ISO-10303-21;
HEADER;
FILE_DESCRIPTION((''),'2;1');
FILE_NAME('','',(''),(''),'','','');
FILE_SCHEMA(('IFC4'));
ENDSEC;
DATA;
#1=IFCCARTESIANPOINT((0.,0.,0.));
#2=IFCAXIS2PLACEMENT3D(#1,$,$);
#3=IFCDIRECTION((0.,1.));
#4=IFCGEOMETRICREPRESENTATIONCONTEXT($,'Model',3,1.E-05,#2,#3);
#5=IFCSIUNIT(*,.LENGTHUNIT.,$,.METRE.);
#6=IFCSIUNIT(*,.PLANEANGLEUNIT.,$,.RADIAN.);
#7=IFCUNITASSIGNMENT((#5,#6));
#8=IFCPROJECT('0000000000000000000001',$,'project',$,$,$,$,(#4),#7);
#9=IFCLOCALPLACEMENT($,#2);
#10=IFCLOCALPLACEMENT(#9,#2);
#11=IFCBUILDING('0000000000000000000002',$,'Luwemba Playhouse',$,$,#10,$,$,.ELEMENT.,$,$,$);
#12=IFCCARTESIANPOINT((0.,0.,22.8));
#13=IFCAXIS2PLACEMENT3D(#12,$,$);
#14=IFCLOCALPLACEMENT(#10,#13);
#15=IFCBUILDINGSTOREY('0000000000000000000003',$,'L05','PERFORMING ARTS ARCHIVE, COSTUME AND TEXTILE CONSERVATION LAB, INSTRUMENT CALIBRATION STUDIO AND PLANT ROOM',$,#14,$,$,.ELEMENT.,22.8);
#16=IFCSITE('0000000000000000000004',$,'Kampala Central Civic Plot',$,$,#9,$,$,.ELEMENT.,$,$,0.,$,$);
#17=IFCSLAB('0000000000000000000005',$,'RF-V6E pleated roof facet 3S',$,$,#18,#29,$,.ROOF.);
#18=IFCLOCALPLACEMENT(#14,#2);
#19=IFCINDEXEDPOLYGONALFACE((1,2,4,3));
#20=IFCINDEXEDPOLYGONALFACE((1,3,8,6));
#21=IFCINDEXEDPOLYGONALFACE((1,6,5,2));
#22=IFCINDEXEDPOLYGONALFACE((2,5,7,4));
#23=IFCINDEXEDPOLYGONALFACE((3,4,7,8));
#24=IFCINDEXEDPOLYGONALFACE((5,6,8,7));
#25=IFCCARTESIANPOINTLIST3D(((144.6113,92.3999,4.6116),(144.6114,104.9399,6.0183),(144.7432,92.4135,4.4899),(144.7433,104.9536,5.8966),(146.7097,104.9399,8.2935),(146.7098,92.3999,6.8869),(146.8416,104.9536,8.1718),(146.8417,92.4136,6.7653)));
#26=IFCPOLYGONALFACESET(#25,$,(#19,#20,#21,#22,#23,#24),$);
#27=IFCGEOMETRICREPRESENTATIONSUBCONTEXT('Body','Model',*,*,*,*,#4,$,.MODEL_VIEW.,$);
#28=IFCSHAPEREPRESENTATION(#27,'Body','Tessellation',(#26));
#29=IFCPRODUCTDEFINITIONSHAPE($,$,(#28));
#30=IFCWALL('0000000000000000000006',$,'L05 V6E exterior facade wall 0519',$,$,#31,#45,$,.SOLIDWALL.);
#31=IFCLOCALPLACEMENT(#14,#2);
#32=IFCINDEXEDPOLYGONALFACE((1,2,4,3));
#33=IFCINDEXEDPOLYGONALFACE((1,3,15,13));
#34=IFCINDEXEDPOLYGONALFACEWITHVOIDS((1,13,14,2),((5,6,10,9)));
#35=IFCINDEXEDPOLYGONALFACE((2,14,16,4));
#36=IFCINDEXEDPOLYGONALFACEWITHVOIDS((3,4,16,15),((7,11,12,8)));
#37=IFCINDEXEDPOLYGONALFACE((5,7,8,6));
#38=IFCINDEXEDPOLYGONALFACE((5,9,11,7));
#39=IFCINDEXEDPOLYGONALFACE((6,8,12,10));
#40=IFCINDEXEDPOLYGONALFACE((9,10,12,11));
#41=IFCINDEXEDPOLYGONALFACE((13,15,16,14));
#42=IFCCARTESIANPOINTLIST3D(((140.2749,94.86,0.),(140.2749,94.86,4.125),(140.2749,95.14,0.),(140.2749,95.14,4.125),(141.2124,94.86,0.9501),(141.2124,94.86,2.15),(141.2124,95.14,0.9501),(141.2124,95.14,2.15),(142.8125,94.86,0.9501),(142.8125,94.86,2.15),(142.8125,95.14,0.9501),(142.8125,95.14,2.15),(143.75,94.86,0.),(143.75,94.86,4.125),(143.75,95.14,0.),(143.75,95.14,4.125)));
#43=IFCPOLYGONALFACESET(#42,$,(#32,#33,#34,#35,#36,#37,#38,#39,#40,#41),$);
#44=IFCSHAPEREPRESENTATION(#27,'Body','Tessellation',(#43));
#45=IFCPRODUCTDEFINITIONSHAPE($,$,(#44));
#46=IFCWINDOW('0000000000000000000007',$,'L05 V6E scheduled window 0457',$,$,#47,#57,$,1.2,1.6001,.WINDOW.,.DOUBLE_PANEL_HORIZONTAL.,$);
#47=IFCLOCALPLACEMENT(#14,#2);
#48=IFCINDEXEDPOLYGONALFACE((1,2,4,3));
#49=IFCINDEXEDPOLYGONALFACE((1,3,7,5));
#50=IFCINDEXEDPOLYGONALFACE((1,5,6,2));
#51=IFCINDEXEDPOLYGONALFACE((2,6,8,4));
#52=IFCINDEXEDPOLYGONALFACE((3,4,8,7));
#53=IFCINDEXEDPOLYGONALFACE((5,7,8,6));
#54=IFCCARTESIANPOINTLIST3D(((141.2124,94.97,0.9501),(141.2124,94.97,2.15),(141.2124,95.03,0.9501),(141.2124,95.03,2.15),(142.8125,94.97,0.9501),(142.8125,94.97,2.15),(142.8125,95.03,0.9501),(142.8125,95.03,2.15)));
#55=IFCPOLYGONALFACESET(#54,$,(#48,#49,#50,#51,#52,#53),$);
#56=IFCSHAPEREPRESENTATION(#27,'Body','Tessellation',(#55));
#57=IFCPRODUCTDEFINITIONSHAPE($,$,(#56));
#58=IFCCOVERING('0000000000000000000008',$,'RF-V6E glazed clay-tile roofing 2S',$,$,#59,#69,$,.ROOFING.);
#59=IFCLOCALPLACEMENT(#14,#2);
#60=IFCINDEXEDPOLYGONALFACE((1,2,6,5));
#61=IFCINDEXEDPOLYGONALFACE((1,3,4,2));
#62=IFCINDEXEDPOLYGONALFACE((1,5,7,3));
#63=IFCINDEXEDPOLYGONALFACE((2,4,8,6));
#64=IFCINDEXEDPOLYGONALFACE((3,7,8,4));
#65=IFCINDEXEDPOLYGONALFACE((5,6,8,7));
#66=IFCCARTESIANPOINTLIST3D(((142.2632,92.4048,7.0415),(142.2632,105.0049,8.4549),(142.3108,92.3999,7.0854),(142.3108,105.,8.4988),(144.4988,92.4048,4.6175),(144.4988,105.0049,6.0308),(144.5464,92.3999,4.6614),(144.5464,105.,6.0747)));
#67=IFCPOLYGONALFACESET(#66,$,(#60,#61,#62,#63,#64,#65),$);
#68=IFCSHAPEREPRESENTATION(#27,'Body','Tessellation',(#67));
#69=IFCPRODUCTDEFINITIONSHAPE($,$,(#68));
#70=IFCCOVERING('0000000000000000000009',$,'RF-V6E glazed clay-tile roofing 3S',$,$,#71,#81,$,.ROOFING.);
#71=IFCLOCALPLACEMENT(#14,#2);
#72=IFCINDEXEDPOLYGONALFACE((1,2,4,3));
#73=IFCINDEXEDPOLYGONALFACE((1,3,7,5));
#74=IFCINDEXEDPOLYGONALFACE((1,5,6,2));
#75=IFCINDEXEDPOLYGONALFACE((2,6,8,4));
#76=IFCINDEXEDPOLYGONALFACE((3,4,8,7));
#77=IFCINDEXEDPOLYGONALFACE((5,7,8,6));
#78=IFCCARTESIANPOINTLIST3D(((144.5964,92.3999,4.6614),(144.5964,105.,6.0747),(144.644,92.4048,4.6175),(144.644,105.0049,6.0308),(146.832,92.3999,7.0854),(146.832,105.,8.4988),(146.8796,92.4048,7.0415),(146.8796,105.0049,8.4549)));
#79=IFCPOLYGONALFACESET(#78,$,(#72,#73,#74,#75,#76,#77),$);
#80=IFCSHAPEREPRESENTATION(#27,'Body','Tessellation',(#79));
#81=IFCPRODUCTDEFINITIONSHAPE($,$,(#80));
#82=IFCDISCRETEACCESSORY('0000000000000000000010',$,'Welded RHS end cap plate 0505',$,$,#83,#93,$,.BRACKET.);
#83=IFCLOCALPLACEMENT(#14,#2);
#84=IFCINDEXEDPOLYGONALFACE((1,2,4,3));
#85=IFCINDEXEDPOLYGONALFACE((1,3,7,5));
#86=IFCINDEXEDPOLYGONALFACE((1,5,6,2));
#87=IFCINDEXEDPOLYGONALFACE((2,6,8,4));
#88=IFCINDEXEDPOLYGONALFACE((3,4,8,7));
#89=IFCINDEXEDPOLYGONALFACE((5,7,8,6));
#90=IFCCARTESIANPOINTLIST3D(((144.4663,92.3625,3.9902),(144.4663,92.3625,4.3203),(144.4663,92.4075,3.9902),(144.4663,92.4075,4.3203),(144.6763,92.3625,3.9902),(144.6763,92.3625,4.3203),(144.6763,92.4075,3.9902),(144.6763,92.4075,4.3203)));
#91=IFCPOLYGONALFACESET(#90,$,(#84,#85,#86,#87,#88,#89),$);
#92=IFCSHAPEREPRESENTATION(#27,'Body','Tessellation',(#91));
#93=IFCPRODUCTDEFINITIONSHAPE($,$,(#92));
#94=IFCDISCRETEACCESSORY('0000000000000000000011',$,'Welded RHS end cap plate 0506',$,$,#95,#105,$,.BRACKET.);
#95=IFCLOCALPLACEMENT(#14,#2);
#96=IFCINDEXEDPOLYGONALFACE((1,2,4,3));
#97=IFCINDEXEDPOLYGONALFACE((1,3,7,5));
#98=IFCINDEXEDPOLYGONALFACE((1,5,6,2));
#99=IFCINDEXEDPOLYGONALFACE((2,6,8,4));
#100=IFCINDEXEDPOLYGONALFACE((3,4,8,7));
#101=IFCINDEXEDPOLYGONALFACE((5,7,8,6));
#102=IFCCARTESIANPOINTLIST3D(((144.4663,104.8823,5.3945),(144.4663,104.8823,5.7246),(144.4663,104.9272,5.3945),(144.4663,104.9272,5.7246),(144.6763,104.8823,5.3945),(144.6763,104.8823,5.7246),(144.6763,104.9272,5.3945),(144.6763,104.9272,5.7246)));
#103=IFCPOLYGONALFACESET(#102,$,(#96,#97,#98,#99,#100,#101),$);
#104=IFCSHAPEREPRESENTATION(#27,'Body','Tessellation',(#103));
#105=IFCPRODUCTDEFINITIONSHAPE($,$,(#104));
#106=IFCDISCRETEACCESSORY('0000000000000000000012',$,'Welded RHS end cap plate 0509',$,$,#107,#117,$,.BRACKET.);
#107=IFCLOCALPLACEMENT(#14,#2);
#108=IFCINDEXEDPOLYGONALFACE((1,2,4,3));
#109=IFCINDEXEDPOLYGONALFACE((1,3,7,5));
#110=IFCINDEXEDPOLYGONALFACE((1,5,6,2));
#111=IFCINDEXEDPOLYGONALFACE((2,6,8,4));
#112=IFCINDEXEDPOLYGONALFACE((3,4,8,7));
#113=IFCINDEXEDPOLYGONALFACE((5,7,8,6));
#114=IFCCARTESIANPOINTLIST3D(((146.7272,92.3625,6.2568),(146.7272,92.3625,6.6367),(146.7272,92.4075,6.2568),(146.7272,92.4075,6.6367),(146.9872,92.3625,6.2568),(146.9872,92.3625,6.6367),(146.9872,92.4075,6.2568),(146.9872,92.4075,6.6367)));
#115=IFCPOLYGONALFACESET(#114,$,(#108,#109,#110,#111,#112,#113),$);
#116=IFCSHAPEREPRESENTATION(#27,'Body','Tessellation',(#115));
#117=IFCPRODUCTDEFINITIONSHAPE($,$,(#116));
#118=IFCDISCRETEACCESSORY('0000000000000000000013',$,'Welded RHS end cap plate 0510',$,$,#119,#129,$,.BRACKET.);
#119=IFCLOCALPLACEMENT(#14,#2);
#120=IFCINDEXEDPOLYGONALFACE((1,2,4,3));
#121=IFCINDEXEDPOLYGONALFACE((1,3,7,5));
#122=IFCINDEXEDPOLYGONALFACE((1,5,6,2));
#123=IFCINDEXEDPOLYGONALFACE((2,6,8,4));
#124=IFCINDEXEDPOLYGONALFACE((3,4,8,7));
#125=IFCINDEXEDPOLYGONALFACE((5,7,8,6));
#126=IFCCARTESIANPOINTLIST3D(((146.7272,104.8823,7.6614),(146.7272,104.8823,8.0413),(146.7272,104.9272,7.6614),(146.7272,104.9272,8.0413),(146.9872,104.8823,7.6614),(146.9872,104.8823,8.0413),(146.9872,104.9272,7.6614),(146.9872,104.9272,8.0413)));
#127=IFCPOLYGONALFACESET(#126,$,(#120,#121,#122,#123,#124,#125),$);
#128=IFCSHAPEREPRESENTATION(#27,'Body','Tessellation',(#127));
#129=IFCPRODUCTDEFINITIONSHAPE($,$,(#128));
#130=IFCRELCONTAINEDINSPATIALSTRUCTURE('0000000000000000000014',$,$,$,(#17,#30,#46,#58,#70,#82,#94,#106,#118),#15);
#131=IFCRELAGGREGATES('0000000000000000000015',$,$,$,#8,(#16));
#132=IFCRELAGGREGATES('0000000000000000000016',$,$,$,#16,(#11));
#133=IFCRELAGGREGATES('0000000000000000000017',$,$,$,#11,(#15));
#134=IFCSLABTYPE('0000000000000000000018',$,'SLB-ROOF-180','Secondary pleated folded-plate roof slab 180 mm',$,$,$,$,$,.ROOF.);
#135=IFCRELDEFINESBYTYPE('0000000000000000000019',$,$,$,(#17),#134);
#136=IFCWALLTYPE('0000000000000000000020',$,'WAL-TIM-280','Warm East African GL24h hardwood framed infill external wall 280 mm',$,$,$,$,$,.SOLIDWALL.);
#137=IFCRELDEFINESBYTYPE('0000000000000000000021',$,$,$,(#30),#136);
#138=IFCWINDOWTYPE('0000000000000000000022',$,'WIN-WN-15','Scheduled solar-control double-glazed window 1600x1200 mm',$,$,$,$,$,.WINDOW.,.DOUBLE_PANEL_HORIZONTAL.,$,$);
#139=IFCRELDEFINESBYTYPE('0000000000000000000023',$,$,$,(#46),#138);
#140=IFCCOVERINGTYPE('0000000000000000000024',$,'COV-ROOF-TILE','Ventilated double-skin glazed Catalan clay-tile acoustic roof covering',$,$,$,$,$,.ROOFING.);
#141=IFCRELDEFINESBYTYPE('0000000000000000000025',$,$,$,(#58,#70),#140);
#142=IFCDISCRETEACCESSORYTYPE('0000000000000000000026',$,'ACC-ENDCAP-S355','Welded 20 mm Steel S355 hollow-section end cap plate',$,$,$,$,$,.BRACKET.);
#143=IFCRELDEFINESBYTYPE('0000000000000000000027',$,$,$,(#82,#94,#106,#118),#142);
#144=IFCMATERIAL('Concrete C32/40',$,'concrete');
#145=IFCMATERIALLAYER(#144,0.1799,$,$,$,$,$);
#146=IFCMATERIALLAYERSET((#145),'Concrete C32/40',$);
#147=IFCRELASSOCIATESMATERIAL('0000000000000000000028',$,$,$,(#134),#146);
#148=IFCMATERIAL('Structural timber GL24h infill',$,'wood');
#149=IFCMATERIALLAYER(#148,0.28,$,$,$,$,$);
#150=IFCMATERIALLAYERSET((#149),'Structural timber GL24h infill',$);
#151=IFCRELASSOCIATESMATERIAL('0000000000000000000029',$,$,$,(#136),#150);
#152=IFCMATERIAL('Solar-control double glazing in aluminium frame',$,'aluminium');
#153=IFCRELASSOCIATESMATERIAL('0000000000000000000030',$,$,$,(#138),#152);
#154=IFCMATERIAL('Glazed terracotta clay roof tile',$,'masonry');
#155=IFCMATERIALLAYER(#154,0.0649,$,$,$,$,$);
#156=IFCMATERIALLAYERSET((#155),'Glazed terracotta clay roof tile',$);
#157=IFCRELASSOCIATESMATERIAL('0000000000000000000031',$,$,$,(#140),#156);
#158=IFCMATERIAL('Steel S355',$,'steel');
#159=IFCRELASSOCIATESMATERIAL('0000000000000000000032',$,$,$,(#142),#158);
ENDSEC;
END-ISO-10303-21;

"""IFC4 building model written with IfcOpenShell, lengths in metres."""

from ifc_helpers import new_model, si_unit, direction, frame, frame_2d, origin, origin_2d, place, context, subcontext, project, spatial, polyline, rectangle, outline, extrude, material, layer, layer_set, type_object, element, fill, save


model = new_model("IFC4")

# Units and contexts
model_context = context("Model", 3, precision=1e-05, world=origin(), true_north=direction((0.0, 1.0)))
body_context = subcontext(model_context, "Body", "Model", "MODEL_VIEW")
ifc_project = project(units=[si_unit("LENGTHUNIT", "METRE"), si_unit("PLANEANGLEUNIT", "RADIAN")], contexts=[model_context])

# Site, building, storey
site_placement = place(None, origin())
site = spatial("IfcSite", under=ifc_project, at=site_placement, Name="Kampala Central Civic Plot", CompositionType="ELEMENT", RefElevation=0.0)
building_placement = place(site_placement, origin())
building = spatial("IfcBuilding", under=site, at=building_placement, Name="Luwemba Playhouse", CompositionType="ELEMENT")
storey_placement = place(building_placement, frame((0.0, 0.0, 22.8)))
storey = spatial("IfcBuildingStorey", under=building, at=storey_placement, Name="L05", Description="PERFORMING ARTS ARCHIVE, COSTUME AND TEXTILE CONSERVATION LAB, INSTRUMENT CALIBRATION STUDIO AND PLANT ROOM", CompositionType="ELEMENT", Elevation=22.8)

# Shared definitions
ifc_material_1 = material(Name="Steel S355", Category="steel")

# Slab
ifc_material_2 = material(Name="Concrete C32/40", Category="concrete")
ifc_layer_1 = layer(ifc_material_2, 0.1799)
ifc_layer_set_1 = layer_set([ifc_layer_1], Name="Concrete C32/40")
slab_type = type_object("IfcSlabType", Name="SLB-ROOF-180", Description="Secondary pleated folded-plate roof slab 180 mm", PredefinedType="ROOF", material=ifc_layer_set_1)
slab_1_placement = place(storey_placement, frame((144.6113, 92.3999, 4.6116), z_axis=(-0.732986, -0.075827, 0.676004), x_axis=(0.677956, 0.000002, 0.735103)))
element("IfcSlab", 1, at=slab_1_placement, inside=storey, type_object=slab_type, Name="RF-V6E pleated roof facet 3S", PredefinedType="ROOF", context=body_context, shape_type="SweptSolid", body=[
    extrude(outline(polyline([(0.0, 0.0), (3.0953, 0.0), (4.1292, 12.5762), (1.0341, 12.5763), (0.0, 0.0)])), origin(), (0.0, 0.0, -1.0), 0.1799),
])

# Wall, opening, window
ifc_material_3 = material(Name="Structural timber GL24h infill", Category="wood")
ifc_layer_2 = layer(ifc_material_3, 0.28)
ifc_layer_set_2 = layer_set([ifc_layer_2], Name="Structural timber GL24h infill")
wall_type = type_object("IfcWallType", Name="WAL-TIM-280", Description="Warm East African GL24h hardwood framed infill external wall 280 mm", PredefinedType="SOLIDWALL", material=ifc_layer_set_2)
wall_placement = place(storey_placement, frame((143.75, 95.0, 0.0), z_axis=(0.0, 0.0, 1.0), x_axis=(-1.0, 0.0, 0.0)))
wall = element("IfcWall", 2, at=wall_placement, inside=storey, type_object=wall_type, Name="L05 V6E exterior facade wall 0519", PredefinedType="SOLIDWALL", context=body_context, shape_type="SweptSolid", body=[
    extrude(rectangle(XDim=3.4751, YDim=0.28, at=frame_2d((1.7375, 0.0))), origin(), (0.0, 0.0, 1.0), 4.125),
])
opening_placement = place(wall_placement, frame((0.9375, 0.0, 0.95)))
opening = element("IfcOpeningElement", 3, at=opening_placement, cuts=wall, PredefinedType="OPENING", context=body_context, shape_type="SweptSolid", body=[
    extrude(rectangle(XDim=1.6001, YDim=1.2, at=frame_2d((0.8, 0.6001))), frame((0.0, 0.1499, 0.0), z_axis=(0.0, -1.0, 0.0), x_axis=(1.0, 0.0, 0.0)), (0.0, 0.0, 1.0), 0.3),
])
ifc_material_4 = material(Name="Solar-control double glazing in aluminium frame", Category="aluminium")
window_type = type_object("IfcWindowType", Name="WIN-WN-15", Description="Scheduled solar-control double-glazed window 1600x1200 mm", PartitioningType="DOUBLE_PANEL_HORIZONTAL", PredefinedType="WINDOW", material=ifc_material_4)
window_placement = place(opening_placement, origin())
window = element("IfcWindow", 4, at=window_placement, inside=storey, type_object=window_type, Name="L05 V6E scheduled window 0457", OverallHeight=1.2, OverallWidth=1.6001, PartitioningType="DOUBLE_PANEL_HORIZONTAL", PredefinedType="WINDOW", context=body_context, shape_type="SweptSolid", body=[
    extrude(rectangle(XDim=1.6001, YDim=1.2, at=frame_2d((0.8, 0.6001))), frame((0.0, 0.03, 0.0), z_axis=(0.0, -1.0, 0.0), x_axis=(1.0, 0.0, 0.0)), (0.0, 0.0, 1.0), 0.0601),
])
fill(opening, window)

# Coverings
ifc_material_5 = material(Name="Glazed terracotta clay roof tile", Category="masonry")
ifc_layer_3 = layer(ifc_material_5, 0.0649)
ifc_layer_set_3 = layer_set([ifc_layer_3], Name="Glazed terracotta clay roof tile")
covering_type = type_object("IfcCoveringType", Name="COV-ROOF-TILE", Description="Ventilated double-skin glazed Catalan clay-tile acoustic roof covering", PredefinedType="ROOFING", material=ifc_layer_set_3)
covering_1_placement = place(storey_placement, frame((142.3108, 92.3999, 7.0854), z_axis=(0.732991, -0.075826, 0.675999), x_axis=(0.677951, 0.0, -0.735107)))
element("IfcCovering", 5, at=covering_1_placement, inside=storey, type_object=covering_type, Name="RF-V6E glazed clay-tile roofing 2S", PredefinedType="ROOFING", context=body_context, shape_type="SweptSolid", body=[
    extrude(outline(polyline([(0.0, 0.0), (3.2976, 0.0), (2.2586, 12.6365), (-1.0389, 12.6365), (0.0, 0.0)])), origin(), (0.0, 0.0, -1.0), 0.0649),
])
covering_2_placement = place(storey_placement, frame((144.5964, 92.3999, 4.6614), z_axis=(-0.732991, -0.075826, 0.675999), x_axis=(0.677951, 0.0, 0.735107)))
element("IfcCovering", 6, at=covering_2_placement, inside=storey, type_object=covering_type, Name="RF-V6E glazed clay-tile roofing 3S", PredefinedType="ROOFING", context=body_context, shape_type="SweptSolid", body=[
    extrude(outline(polyline([(0.0, 0.0), (3.2976, 0.0), (4.3365, 12.6365), (1.0389, 12.6365), (0.0, 0.0)])), origin(), (0.0, 0.0, -1.0), 0.0649),
])

# Discrete accessories
discrete_accessory_type = type_object("IfcDiscreteAccessoryType", Name="ACC-ENDCAP-S355", Description="Welded 20 mm Steel S355 hollow-section end cap plate", PredefinedType="BRACKET", material=ifc_material_1)
for number, where, z_axis, x_axis, name in (
    (7, (144.5713, 92.385, 3.9902), (0.0, 0.0, 1.0), (1.0, 0.0, 0.0), "Welded RHS end cap plate 0505"),
    (8, (144.5713, 104.9048, 5.3945), (0.0, 0.0, 1.0), (1.0, 0.0, 0.0), "Welded RHS end cap plate 0506"),
):
    element("IfcDiscreteAccessory", number, at=place(storey_placement, frame(where, z_axis=z_axis, x_axis=x_axis)), inside=storey, type_object=discrete_accessory_type, Name=name, PredefinedType="BRACKET", context=body_context, shape_type="SweptSolid", body=[
        extrude(rectangle(XDim=0.21, YDim=0.0449, at=origin_2d()), origin(), (0.0, 0.0, 1.0), 0.3301),
    ])
for number, where, z_axis, x_axis, name in (
    (9, (146.8572, 92.385, 6.2568), (0.0, 0.0, 1.0), (1.0, 0.0, 0.0), "Welded RHS end cap plate 0509"),
    (10, (146.8572, 104.9048, 7.6614), (0.0, 0.0, 1.0), (1.0, 0.0, 0.0), "Welded RHS end cap plate 0510"),
):
    element("IfcDiscreteAccessory", number, at=place(storey_placement, frame(where, z_axis=z_axis, x_axis=x_axis)), inside=storey, type_object=discrete_accessory_type, Name=name, PredefinedType="BRACKET", context=body_context, shape_type="SweptSolid", body=[
        extrude(rectangle(XDim=0.26, YDim=0.0449, at=origin_2d()), origin(), (0.0, 0.0, 1.0), 0.3799),
    ])

save(model, "model.ifc")
